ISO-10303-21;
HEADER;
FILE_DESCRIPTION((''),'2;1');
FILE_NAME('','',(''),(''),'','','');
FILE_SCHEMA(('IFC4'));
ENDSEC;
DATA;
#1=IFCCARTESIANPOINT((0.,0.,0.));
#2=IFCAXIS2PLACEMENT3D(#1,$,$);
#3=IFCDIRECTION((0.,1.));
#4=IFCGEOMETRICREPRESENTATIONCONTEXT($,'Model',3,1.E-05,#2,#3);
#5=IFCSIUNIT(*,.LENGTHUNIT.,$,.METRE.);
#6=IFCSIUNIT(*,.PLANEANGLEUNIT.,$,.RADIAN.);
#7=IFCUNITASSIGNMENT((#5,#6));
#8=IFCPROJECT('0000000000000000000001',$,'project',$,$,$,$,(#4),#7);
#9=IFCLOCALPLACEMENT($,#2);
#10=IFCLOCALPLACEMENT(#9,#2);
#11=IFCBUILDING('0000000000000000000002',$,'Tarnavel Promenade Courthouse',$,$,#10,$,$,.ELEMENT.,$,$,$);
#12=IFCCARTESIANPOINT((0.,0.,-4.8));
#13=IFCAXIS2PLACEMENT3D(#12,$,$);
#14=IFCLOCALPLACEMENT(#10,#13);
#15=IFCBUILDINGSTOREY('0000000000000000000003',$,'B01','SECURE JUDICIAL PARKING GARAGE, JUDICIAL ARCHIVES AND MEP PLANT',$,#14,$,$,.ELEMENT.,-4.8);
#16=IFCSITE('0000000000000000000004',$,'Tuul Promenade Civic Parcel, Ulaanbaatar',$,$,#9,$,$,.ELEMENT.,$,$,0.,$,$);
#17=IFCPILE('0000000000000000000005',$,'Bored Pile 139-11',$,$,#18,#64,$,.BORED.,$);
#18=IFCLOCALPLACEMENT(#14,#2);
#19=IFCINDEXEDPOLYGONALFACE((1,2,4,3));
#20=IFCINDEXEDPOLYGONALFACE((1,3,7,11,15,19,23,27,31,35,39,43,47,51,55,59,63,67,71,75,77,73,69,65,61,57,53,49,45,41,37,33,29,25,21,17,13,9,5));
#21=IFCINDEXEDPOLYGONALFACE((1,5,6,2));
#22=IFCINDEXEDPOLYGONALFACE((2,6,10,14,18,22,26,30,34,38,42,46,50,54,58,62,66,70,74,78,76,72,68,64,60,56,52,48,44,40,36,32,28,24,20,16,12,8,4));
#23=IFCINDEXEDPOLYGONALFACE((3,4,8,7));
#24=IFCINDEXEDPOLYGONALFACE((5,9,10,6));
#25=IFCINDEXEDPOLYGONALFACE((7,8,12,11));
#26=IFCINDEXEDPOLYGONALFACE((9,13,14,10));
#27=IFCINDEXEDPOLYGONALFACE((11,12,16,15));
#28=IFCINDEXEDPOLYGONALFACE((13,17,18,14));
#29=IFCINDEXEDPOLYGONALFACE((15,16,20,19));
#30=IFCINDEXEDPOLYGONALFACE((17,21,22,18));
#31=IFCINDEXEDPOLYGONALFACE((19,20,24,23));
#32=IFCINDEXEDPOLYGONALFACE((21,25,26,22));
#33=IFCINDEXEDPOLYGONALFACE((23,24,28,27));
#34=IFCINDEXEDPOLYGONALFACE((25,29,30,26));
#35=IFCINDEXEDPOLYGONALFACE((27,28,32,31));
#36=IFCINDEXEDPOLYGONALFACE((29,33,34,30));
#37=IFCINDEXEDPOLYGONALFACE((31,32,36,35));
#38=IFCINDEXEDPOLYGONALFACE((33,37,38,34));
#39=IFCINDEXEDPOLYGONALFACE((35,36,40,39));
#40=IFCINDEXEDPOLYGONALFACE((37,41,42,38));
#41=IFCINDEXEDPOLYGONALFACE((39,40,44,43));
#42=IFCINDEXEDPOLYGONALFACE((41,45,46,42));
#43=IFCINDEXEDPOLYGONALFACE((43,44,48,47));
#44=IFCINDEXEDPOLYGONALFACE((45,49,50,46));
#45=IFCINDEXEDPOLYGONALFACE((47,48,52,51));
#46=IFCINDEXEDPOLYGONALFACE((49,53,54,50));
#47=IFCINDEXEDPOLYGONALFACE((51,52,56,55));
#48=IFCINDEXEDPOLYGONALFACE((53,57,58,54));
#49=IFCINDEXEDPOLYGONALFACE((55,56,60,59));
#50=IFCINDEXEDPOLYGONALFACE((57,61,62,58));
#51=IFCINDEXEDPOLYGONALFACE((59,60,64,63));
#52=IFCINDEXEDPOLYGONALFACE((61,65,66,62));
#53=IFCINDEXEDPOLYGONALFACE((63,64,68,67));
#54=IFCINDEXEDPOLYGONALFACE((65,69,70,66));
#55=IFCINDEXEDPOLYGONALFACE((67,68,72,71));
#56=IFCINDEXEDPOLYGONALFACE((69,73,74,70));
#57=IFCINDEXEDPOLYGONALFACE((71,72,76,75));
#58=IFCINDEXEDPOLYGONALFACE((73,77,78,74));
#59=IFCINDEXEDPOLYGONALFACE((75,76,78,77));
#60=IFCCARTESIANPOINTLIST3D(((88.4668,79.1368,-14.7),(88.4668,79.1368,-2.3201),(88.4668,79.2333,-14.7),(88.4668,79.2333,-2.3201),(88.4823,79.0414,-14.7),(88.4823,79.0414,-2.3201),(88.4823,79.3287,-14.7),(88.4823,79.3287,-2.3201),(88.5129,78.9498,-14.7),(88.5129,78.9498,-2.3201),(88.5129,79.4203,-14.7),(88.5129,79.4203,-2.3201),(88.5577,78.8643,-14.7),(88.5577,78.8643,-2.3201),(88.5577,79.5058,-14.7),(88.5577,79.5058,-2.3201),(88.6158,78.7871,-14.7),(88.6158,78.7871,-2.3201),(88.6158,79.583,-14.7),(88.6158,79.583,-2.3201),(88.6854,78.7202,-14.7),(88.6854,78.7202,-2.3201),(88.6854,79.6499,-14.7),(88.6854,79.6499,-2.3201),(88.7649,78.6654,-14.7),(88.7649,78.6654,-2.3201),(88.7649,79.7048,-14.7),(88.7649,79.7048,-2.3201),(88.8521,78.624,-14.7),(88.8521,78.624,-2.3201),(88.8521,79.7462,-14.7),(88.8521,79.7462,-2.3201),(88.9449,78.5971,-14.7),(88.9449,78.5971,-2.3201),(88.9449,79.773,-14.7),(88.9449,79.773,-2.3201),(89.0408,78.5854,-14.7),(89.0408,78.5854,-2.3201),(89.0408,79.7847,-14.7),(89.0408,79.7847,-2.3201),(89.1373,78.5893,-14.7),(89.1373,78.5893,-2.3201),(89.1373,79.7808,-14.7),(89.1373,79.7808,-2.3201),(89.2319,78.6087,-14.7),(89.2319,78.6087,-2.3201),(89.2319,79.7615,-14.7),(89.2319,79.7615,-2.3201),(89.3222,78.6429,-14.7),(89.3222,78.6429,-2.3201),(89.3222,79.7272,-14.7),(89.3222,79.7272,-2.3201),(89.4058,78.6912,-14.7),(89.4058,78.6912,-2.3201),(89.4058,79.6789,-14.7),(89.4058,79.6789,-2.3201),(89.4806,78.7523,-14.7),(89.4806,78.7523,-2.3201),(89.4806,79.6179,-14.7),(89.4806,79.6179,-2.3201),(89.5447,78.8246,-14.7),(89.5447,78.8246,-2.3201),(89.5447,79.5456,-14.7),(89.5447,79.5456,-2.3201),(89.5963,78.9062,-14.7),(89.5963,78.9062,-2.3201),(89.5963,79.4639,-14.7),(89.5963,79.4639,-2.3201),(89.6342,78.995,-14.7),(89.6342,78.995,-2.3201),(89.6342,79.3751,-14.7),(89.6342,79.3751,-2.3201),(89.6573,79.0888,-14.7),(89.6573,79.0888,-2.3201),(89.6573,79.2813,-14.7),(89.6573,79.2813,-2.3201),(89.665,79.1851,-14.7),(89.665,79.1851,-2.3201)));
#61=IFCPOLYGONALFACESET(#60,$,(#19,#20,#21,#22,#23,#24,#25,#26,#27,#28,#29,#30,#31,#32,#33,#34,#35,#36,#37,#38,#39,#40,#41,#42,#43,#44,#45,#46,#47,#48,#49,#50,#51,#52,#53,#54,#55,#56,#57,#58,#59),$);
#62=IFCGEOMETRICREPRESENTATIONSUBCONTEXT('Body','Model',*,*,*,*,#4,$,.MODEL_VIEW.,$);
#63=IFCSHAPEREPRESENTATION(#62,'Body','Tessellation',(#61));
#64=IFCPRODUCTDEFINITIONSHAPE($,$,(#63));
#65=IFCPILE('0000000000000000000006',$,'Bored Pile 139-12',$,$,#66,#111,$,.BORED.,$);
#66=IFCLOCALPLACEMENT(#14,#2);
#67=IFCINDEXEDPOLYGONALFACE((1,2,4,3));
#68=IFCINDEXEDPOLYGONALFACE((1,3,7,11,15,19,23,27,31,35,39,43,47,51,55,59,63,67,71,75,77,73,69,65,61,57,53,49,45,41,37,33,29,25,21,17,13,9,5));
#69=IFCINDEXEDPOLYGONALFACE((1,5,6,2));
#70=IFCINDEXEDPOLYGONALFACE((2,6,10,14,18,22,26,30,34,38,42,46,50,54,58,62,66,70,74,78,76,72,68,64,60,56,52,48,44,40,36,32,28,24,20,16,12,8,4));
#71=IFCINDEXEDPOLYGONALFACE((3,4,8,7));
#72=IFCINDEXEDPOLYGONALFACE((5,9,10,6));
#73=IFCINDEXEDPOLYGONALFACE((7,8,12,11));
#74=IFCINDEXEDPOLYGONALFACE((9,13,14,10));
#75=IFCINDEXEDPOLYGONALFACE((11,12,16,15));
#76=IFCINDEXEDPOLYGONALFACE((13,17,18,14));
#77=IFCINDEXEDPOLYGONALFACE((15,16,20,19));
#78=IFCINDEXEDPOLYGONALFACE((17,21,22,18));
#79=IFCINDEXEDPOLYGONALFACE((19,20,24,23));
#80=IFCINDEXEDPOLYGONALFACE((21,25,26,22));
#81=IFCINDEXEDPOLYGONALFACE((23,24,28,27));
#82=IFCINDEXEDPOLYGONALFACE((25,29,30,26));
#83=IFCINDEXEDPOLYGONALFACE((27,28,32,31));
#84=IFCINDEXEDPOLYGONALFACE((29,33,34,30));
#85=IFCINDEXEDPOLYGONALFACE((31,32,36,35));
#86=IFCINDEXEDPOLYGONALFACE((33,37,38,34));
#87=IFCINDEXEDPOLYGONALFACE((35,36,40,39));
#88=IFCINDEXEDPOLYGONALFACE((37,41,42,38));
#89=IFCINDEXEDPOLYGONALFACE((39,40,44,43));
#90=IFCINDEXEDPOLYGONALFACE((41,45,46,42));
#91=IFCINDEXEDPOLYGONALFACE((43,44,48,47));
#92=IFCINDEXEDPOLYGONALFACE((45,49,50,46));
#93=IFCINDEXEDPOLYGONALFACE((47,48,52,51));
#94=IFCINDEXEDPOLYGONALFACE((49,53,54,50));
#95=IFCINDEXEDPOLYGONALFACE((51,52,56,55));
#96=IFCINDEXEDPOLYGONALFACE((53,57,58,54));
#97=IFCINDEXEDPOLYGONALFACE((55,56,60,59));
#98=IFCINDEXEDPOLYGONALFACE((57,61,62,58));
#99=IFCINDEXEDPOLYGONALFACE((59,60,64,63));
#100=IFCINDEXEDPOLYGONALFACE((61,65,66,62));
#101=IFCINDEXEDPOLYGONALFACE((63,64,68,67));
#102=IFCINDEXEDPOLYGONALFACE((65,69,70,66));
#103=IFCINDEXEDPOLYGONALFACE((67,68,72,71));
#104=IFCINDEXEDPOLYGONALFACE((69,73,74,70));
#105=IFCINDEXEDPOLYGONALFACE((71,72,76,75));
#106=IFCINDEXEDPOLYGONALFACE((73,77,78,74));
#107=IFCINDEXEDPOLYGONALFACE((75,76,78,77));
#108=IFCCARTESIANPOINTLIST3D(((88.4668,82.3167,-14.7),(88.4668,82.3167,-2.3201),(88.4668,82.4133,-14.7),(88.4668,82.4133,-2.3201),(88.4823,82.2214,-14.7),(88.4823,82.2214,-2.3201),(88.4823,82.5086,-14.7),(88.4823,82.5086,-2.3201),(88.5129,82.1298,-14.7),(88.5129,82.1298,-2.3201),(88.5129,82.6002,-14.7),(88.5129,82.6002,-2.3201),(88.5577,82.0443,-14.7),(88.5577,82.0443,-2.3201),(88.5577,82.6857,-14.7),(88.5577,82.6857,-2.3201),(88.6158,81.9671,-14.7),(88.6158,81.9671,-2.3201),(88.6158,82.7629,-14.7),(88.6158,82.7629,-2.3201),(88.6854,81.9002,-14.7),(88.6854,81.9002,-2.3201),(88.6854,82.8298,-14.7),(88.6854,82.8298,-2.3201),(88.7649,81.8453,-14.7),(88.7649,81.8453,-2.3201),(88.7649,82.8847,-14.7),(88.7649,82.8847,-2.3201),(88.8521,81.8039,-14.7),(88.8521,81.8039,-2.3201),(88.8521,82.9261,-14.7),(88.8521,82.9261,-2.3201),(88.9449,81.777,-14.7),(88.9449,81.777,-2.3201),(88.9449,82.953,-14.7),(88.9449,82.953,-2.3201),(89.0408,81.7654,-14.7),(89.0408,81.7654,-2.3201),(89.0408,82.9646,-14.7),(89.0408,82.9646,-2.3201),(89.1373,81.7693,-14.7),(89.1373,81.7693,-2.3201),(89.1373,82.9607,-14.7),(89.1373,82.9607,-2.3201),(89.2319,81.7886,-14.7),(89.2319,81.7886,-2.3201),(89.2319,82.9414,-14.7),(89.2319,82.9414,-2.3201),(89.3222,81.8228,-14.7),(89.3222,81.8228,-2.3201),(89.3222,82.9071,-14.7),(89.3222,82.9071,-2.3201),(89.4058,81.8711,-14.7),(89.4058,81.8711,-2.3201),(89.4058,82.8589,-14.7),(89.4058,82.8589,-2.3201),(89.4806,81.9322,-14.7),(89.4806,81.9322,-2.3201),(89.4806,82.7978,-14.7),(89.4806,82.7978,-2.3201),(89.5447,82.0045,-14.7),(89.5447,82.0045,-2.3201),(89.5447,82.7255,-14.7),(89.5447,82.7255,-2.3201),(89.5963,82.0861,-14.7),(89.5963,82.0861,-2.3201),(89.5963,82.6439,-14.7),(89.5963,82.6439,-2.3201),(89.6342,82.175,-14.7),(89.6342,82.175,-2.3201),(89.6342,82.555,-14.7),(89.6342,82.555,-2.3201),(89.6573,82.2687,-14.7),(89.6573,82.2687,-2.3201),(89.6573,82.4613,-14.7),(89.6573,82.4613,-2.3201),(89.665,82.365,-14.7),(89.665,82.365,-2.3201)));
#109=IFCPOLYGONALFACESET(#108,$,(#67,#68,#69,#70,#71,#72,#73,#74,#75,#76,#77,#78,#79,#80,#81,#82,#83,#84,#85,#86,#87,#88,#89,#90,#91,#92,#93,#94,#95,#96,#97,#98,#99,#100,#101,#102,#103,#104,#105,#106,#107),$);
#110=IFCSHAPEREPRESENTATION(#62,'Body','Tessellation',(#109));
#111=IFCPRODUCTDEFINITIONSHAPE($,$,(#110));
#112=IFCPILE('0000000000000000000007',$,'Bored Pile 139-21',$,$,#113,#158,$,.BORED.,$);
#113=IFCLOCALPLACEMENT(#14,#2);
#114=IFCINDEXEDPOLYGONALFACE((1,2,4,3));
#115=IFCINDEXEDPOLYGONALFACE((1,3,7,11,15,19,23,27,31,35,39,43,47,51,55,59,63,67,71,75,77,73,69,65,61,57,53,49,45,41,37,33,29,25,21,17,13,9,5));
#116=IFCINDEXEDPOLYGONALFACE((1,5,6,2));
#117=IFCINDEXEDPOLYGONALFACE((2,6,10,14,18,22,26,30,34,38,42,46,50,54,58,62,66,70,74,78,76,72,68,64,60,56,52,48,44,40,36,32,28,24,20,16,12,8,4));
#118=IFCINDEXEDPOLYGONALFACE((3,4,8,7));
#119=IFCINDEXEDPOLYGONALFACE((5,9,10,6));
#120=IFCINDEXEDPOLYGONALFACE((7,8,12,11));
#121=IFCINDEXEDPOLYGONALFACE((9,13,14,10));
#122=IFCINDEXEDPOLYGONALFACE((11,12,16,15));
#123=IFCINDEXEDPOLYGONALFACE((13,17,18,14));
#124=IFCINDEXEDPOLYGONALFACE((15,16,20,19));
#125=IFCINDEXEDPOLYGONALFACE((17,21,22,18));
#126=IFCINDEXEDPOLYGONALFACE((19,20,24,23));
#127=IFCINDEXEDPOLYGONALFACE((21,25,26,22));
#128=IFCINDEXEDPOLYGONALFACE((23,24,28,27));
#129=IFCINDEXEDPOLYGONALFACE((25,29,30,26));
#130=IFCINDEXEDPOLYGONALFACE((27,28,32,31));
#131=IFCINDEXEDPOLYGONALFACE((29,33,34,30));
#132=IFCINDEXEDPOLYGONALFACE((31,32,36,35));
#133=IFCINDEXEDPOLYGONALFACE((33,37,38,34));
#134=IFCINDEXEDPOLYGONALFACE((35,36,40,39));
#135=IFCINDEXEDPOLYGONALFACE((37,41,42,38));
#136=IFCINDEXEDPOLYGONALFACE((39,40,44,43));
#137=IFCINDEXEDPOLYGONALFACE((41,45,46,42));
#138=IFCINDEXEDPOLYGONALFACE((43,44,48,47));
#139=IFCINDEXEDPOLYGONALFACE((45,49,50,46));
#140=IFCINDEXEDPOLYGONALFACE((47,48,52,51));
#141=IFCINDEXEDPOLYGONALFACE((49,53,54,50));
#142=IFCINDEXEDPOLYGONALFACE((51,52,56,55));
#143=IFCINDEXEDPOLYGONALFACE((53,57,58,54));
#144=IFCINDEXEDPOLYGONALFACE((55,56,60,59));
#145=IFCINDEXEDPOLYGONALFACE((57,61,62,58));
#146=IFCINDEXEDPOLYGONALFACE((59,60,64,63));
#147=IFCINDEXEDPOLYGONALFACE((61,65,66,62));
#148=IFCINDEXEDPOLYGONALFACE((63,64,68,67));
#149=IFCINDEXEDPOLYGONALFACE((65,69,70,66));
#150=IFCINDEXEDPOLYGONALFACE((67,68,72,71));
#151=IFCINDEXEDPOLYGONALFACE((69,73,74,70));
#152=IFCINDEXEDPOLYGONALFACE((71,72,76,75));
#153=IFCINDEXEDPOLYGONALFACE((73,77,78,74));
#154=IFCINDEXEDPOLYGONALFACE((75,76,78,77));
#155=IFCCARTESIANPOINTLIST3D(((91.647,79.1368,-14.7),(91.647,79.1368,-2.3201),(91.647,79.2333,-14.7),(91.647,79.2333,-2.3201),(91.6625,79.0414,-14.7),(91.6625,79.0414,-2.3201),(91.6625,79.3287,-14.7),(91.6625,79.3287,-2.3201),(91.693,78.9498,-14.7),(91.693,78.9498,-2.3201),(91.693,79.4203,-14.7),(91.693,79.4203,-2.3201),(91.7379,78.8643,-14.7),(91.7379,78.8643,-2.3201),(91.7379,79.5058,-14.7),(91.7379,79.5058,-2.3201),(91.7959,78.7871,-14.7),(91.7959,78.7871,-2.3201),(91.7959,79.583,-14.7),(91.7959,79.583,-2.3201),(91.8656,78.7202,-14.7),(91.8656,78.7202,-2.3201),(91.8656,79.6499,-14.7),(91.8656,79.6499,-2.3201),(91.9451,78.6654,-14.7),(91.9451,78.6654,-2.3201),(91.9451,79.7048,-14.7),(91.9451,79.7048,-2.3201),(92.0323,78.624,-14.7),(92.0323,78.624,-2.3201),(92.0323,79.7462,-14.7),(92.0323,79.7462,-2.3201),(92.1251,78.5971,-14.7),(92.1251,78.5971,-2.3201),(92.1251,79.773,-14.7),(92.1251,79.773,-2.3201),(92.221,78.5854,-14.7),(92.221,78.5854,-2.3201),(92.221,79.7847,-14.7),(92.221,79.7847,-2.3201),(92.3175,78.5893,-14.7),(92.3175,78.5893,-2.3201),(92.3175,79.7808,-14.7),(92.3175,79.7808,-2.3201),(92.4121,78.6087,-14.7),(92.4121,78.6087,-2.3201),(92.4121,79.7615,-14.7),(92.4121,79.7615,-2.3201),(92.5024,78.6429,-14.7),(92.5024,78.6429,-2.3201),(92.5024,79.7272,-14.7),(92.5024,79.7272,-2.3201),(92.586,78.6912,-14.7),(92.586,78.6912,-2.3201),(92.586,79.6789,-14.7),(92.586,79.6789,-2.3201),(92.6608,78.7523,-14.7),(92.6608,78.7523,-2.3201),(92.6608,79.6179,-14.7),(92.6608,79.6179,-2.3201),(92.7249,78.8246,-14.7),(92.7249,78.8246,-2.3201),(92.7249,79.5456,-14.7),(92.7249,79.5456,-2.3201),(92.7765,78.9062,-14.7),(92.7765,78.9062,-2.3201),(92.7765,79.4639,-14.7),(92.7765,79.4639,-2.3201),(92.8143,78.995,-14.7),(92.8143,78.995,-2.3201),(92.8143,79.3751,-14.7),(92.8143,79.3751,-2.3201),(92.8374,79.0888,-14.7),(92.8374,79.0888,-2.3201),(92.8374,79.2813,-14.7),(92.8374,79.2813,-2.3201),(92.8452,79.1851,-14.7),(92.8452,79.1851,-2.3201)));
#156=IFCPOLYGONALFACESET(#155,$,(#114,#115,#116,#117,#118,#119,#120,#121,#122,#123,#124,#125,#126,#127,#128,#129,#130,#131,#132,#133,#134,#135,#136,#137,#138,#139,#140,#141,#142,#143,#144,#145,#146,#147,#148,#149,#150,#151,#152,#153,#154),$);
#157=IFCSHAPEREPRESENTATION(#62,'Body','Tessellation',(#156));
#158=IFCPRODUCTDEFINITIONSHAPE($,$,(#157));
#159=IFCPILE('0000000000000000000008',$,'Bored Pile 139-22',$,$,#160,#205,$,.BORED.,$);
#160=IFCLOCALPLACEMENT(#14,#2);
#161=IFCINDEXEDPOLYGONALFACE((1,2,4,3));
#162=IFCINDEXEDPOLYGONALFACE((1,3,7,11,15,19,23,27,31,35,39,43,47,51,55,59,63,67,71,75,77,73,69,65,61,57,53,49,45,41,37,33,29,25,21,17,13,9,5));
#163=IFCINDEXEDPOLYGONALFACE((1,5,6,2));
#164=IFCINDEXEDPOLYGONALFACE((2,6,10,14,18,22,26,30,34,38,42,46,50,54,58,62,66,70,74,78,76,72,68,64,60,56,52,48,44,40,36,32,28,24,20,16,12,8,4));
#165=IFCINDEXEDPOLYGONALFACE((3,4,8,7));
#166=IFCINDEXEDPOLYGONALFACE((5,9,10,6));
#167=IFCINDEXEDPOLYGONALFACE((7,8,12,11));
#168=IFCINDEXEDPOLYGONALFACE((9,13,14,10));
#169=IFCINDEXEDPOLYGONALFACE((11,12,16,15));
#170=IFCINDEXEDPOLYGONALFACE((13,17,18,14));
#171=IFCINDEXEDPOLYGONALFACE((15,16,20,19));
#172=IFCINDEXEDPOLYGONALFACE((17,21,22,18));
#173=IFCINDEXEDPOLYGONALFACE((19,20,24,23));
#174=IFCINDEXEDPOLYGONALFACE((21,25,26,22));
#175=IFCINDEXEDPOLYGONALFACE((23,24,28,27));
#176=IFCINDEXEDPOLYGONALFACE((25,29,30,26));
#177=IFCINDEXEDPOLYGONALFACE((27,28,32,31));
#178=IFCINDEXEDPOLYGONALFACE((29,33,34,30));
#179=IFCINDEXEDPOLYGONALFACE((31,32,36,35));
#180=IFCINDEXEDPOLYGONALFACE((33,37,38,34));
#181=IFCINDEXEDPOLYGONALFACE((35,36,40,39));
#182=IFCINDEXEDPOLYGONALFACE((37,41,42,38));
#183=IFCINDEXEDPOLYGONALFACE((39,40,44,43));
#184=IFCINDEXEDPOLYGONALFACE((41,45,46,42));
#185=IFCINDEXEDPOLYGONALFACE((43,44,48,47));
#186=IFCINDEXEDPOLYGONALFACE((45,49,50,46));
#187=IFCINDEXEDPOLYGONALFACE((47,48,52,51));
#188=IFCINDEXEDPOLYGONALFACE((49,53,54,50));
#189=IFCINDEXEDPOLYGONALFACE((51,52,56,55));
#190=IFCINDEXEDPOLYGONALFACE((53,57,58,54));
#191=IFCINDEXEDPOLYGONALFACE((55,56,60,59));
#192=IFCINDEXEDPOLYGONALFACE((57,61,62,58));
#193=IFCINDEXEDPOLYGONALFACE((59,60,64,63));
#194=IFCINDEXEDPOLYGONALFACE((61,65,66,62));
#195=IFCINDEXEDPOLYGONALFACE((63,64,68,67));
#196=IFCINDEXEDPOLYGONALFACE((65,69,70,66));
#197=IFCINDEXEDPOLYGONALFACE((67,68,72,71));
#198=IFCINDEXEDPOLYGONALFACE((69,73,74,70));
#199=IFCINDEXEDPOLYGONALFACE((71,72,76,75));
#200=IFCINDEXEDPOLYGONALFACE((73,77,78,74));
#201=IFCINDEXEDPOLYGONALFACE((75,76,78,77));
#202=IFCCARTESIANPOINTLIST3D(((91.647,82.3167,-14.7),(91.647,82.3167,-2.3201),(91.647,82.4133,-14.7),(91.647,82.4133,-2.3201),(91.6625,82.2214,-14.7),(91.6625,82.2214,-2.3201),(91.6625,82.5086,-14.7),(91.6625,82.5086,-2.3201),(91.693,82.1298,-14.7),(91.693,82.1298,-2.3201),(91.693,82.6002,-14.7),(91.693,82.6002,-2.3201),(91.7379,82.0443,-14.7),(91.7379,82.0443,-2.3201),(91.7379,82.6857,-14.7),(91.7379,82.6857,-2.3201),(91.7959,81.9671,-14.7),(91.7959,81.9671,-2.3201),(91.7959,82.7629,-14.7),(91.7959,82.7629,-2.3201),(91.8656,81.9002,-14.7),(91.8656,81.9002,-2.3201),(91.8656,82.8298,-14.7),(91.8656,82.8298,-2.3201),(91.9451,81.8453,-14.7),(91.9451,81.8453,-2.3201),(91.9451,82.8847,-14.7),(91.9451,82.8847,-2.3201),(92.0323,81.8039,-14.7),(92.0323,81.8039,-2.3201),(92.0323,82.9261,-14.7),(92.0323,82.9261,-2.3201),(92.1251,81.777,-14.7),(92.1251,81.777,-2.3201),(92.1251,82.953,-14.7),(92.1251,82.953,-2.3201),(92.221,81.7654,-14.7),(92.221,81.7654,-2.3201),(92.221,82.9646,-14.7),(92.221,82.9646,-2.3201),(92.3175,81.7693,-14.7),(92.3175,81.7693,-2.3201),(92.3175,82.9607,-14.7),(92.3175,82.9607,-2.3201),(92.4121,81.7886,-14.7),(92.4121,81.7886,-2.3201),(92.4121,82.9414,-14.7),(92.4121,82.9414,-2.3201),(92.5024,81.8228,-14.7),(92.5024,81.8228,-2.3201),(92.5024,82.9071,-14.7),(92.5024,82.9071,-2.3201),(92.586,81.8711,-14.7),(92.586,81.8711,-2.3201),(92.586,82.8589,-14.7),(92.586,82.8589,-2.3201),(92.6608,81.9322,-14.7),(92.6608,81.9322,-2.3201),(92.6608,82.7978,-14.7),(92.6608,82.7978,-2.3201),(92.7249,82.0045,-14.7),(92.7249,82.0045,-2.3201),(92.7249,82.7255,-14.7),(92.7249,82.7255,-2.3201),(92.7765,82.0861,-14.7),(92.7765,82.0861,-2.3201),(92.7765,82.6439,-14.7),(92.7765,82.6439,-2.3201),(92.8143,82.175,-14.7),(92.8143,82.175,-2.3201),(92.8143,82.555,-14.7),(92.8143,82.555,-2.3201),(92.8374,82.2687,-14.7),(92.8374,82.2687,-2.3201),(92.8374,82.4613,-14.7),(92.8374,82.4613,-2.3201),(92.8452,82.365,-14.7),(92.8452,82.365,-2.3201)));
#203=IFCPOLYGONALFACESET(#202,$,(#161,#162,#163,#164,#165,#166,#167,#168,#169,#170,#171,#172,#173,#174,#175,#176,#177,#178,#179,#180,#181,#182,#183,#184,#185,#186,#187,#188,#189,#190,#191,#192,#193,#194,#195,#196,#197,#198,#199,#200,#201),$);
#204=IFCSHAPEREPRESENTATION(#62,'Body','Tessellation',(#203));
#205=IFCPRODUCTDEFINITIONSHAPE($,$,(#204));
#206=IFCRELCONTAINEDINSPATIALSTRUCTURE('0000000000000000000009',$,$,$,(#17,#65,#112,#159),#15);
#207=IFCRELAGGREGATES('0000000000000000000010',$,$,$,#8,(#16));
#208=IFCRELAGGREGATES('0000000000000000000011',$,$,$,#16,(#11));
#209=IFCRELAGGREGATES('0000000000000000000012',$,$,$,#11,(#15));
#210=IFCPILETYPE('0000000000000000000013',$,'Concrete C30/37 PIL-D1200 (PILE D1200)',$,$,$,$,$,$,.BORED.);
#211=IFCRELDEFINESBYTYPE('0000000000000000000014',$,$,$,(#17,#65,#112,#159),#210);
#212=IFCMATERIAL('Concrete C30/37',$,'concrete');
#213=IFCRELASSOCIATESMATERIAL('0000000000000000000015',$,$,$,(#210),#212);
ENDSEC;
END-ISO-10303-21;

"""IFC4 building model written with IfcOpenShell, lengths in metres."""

from ifc_helpers import new_model, si_unit, direction, frame, origin, origin_2d, place, context, subcontext, project, spatial, circle, extrude, material, material_profile, profile_set, type_object, element, save


model = new_model("IFC4")

# Units and contexts
model_context = context("Model", 3, precision=1e-05, world=origin(), true_north=direction((0.0, 1.0)))
body_context = subcontext(model_context, "Body", "Model", "MODEL_VIEW")
ifc_project = project(units=[si_unit("LENGTHUNIT", "METRE"), si_unit("PLANEANGLEUNIT", "RADIAN")], contexts=[model_context])

# Site, building, storey
site_placement = place(None, origin())
site = spatial("IfcSite", under=ifc_project, at=site_placement, Name="Tuul Promenade Civic Parcel, Ulaanbaatar", CompositionType="ELEMENT", RefElevation=0.0)
building_placement = place(site_placement, origin())
building = spatial("IfcBuilding", under=site, at=building_placement, Name="Tarnavel Promenade Courthouse", CompositionType="ELEMENT")
storey_placement = place(building_placement, frame((0.0, 0.0, -4.8)))
storey = spatial("IfcBuildingStorey", under=building, at=storey_placement, Name="B01", Description="SECURE JUDICIAL PARKING GARAGE, JUDICIAL ARCHIVES AND MEP PLANT", CompositionType="ELEMENT", Elevation=-4.8)

# Piles
ifc_material_1 = material(Name="Concrete C30/37", Category="concrete")
ifc_material_profile_1 = material_profile(ifc_material_1, circle(Radius=0.6001, at=origin_2d()), Name="PILE D1200")
ifc_profile_set_1 = profile_set([ifc_material_profile_1], Name="Concrete C30/37")
pile_type_1 = type_object("IfcPileType", Name="Concrete C30/37 PIL-D1200 (PILE D1200)", PredefinedType="BORED", material=ifc_profile_set_1)
for number, where, z_axis, x_axis, name in (
    (1, (89.0649, 79.1851, -2.3201), (0.0, 0.0, -1.0), (1.0, 0.0, 0.0), "Bored Pile 139-11"),
    (2, (89.0649, 82.365, -2.3201), (0.0, 0.0, -1.0), (1.0, 0.0, 0.0), "Bored Pile 139-12"),
    (3, (92.2451, 79.1851, -2.3201), (0.0, 0.0, -1.0), (1.0, 0.0, 0.0), "Bored Pile 139-21"),
    (4, (92.2451, 82.365, -2.3201), (0.0, 0.0, -1.0), (1.0, 0.0, 0.0), "Bored Pile 139-22"),
):
    element("IfcPile", number, at=place(storey_placement, frame(where, z_axis=z_axis, x_axis=x_axis)), inside=storey, type_object=pile_type_1, Name=name, PredefinedType="BORED", context=body_context, shape_type="SweptSolid", body=[
        extrude(circle(Radius=0.6001, at=origin_2d()), origin(), (0.0, 0.0, 1.0), 12.3799),
    ])

save(model, "model.ifc")
